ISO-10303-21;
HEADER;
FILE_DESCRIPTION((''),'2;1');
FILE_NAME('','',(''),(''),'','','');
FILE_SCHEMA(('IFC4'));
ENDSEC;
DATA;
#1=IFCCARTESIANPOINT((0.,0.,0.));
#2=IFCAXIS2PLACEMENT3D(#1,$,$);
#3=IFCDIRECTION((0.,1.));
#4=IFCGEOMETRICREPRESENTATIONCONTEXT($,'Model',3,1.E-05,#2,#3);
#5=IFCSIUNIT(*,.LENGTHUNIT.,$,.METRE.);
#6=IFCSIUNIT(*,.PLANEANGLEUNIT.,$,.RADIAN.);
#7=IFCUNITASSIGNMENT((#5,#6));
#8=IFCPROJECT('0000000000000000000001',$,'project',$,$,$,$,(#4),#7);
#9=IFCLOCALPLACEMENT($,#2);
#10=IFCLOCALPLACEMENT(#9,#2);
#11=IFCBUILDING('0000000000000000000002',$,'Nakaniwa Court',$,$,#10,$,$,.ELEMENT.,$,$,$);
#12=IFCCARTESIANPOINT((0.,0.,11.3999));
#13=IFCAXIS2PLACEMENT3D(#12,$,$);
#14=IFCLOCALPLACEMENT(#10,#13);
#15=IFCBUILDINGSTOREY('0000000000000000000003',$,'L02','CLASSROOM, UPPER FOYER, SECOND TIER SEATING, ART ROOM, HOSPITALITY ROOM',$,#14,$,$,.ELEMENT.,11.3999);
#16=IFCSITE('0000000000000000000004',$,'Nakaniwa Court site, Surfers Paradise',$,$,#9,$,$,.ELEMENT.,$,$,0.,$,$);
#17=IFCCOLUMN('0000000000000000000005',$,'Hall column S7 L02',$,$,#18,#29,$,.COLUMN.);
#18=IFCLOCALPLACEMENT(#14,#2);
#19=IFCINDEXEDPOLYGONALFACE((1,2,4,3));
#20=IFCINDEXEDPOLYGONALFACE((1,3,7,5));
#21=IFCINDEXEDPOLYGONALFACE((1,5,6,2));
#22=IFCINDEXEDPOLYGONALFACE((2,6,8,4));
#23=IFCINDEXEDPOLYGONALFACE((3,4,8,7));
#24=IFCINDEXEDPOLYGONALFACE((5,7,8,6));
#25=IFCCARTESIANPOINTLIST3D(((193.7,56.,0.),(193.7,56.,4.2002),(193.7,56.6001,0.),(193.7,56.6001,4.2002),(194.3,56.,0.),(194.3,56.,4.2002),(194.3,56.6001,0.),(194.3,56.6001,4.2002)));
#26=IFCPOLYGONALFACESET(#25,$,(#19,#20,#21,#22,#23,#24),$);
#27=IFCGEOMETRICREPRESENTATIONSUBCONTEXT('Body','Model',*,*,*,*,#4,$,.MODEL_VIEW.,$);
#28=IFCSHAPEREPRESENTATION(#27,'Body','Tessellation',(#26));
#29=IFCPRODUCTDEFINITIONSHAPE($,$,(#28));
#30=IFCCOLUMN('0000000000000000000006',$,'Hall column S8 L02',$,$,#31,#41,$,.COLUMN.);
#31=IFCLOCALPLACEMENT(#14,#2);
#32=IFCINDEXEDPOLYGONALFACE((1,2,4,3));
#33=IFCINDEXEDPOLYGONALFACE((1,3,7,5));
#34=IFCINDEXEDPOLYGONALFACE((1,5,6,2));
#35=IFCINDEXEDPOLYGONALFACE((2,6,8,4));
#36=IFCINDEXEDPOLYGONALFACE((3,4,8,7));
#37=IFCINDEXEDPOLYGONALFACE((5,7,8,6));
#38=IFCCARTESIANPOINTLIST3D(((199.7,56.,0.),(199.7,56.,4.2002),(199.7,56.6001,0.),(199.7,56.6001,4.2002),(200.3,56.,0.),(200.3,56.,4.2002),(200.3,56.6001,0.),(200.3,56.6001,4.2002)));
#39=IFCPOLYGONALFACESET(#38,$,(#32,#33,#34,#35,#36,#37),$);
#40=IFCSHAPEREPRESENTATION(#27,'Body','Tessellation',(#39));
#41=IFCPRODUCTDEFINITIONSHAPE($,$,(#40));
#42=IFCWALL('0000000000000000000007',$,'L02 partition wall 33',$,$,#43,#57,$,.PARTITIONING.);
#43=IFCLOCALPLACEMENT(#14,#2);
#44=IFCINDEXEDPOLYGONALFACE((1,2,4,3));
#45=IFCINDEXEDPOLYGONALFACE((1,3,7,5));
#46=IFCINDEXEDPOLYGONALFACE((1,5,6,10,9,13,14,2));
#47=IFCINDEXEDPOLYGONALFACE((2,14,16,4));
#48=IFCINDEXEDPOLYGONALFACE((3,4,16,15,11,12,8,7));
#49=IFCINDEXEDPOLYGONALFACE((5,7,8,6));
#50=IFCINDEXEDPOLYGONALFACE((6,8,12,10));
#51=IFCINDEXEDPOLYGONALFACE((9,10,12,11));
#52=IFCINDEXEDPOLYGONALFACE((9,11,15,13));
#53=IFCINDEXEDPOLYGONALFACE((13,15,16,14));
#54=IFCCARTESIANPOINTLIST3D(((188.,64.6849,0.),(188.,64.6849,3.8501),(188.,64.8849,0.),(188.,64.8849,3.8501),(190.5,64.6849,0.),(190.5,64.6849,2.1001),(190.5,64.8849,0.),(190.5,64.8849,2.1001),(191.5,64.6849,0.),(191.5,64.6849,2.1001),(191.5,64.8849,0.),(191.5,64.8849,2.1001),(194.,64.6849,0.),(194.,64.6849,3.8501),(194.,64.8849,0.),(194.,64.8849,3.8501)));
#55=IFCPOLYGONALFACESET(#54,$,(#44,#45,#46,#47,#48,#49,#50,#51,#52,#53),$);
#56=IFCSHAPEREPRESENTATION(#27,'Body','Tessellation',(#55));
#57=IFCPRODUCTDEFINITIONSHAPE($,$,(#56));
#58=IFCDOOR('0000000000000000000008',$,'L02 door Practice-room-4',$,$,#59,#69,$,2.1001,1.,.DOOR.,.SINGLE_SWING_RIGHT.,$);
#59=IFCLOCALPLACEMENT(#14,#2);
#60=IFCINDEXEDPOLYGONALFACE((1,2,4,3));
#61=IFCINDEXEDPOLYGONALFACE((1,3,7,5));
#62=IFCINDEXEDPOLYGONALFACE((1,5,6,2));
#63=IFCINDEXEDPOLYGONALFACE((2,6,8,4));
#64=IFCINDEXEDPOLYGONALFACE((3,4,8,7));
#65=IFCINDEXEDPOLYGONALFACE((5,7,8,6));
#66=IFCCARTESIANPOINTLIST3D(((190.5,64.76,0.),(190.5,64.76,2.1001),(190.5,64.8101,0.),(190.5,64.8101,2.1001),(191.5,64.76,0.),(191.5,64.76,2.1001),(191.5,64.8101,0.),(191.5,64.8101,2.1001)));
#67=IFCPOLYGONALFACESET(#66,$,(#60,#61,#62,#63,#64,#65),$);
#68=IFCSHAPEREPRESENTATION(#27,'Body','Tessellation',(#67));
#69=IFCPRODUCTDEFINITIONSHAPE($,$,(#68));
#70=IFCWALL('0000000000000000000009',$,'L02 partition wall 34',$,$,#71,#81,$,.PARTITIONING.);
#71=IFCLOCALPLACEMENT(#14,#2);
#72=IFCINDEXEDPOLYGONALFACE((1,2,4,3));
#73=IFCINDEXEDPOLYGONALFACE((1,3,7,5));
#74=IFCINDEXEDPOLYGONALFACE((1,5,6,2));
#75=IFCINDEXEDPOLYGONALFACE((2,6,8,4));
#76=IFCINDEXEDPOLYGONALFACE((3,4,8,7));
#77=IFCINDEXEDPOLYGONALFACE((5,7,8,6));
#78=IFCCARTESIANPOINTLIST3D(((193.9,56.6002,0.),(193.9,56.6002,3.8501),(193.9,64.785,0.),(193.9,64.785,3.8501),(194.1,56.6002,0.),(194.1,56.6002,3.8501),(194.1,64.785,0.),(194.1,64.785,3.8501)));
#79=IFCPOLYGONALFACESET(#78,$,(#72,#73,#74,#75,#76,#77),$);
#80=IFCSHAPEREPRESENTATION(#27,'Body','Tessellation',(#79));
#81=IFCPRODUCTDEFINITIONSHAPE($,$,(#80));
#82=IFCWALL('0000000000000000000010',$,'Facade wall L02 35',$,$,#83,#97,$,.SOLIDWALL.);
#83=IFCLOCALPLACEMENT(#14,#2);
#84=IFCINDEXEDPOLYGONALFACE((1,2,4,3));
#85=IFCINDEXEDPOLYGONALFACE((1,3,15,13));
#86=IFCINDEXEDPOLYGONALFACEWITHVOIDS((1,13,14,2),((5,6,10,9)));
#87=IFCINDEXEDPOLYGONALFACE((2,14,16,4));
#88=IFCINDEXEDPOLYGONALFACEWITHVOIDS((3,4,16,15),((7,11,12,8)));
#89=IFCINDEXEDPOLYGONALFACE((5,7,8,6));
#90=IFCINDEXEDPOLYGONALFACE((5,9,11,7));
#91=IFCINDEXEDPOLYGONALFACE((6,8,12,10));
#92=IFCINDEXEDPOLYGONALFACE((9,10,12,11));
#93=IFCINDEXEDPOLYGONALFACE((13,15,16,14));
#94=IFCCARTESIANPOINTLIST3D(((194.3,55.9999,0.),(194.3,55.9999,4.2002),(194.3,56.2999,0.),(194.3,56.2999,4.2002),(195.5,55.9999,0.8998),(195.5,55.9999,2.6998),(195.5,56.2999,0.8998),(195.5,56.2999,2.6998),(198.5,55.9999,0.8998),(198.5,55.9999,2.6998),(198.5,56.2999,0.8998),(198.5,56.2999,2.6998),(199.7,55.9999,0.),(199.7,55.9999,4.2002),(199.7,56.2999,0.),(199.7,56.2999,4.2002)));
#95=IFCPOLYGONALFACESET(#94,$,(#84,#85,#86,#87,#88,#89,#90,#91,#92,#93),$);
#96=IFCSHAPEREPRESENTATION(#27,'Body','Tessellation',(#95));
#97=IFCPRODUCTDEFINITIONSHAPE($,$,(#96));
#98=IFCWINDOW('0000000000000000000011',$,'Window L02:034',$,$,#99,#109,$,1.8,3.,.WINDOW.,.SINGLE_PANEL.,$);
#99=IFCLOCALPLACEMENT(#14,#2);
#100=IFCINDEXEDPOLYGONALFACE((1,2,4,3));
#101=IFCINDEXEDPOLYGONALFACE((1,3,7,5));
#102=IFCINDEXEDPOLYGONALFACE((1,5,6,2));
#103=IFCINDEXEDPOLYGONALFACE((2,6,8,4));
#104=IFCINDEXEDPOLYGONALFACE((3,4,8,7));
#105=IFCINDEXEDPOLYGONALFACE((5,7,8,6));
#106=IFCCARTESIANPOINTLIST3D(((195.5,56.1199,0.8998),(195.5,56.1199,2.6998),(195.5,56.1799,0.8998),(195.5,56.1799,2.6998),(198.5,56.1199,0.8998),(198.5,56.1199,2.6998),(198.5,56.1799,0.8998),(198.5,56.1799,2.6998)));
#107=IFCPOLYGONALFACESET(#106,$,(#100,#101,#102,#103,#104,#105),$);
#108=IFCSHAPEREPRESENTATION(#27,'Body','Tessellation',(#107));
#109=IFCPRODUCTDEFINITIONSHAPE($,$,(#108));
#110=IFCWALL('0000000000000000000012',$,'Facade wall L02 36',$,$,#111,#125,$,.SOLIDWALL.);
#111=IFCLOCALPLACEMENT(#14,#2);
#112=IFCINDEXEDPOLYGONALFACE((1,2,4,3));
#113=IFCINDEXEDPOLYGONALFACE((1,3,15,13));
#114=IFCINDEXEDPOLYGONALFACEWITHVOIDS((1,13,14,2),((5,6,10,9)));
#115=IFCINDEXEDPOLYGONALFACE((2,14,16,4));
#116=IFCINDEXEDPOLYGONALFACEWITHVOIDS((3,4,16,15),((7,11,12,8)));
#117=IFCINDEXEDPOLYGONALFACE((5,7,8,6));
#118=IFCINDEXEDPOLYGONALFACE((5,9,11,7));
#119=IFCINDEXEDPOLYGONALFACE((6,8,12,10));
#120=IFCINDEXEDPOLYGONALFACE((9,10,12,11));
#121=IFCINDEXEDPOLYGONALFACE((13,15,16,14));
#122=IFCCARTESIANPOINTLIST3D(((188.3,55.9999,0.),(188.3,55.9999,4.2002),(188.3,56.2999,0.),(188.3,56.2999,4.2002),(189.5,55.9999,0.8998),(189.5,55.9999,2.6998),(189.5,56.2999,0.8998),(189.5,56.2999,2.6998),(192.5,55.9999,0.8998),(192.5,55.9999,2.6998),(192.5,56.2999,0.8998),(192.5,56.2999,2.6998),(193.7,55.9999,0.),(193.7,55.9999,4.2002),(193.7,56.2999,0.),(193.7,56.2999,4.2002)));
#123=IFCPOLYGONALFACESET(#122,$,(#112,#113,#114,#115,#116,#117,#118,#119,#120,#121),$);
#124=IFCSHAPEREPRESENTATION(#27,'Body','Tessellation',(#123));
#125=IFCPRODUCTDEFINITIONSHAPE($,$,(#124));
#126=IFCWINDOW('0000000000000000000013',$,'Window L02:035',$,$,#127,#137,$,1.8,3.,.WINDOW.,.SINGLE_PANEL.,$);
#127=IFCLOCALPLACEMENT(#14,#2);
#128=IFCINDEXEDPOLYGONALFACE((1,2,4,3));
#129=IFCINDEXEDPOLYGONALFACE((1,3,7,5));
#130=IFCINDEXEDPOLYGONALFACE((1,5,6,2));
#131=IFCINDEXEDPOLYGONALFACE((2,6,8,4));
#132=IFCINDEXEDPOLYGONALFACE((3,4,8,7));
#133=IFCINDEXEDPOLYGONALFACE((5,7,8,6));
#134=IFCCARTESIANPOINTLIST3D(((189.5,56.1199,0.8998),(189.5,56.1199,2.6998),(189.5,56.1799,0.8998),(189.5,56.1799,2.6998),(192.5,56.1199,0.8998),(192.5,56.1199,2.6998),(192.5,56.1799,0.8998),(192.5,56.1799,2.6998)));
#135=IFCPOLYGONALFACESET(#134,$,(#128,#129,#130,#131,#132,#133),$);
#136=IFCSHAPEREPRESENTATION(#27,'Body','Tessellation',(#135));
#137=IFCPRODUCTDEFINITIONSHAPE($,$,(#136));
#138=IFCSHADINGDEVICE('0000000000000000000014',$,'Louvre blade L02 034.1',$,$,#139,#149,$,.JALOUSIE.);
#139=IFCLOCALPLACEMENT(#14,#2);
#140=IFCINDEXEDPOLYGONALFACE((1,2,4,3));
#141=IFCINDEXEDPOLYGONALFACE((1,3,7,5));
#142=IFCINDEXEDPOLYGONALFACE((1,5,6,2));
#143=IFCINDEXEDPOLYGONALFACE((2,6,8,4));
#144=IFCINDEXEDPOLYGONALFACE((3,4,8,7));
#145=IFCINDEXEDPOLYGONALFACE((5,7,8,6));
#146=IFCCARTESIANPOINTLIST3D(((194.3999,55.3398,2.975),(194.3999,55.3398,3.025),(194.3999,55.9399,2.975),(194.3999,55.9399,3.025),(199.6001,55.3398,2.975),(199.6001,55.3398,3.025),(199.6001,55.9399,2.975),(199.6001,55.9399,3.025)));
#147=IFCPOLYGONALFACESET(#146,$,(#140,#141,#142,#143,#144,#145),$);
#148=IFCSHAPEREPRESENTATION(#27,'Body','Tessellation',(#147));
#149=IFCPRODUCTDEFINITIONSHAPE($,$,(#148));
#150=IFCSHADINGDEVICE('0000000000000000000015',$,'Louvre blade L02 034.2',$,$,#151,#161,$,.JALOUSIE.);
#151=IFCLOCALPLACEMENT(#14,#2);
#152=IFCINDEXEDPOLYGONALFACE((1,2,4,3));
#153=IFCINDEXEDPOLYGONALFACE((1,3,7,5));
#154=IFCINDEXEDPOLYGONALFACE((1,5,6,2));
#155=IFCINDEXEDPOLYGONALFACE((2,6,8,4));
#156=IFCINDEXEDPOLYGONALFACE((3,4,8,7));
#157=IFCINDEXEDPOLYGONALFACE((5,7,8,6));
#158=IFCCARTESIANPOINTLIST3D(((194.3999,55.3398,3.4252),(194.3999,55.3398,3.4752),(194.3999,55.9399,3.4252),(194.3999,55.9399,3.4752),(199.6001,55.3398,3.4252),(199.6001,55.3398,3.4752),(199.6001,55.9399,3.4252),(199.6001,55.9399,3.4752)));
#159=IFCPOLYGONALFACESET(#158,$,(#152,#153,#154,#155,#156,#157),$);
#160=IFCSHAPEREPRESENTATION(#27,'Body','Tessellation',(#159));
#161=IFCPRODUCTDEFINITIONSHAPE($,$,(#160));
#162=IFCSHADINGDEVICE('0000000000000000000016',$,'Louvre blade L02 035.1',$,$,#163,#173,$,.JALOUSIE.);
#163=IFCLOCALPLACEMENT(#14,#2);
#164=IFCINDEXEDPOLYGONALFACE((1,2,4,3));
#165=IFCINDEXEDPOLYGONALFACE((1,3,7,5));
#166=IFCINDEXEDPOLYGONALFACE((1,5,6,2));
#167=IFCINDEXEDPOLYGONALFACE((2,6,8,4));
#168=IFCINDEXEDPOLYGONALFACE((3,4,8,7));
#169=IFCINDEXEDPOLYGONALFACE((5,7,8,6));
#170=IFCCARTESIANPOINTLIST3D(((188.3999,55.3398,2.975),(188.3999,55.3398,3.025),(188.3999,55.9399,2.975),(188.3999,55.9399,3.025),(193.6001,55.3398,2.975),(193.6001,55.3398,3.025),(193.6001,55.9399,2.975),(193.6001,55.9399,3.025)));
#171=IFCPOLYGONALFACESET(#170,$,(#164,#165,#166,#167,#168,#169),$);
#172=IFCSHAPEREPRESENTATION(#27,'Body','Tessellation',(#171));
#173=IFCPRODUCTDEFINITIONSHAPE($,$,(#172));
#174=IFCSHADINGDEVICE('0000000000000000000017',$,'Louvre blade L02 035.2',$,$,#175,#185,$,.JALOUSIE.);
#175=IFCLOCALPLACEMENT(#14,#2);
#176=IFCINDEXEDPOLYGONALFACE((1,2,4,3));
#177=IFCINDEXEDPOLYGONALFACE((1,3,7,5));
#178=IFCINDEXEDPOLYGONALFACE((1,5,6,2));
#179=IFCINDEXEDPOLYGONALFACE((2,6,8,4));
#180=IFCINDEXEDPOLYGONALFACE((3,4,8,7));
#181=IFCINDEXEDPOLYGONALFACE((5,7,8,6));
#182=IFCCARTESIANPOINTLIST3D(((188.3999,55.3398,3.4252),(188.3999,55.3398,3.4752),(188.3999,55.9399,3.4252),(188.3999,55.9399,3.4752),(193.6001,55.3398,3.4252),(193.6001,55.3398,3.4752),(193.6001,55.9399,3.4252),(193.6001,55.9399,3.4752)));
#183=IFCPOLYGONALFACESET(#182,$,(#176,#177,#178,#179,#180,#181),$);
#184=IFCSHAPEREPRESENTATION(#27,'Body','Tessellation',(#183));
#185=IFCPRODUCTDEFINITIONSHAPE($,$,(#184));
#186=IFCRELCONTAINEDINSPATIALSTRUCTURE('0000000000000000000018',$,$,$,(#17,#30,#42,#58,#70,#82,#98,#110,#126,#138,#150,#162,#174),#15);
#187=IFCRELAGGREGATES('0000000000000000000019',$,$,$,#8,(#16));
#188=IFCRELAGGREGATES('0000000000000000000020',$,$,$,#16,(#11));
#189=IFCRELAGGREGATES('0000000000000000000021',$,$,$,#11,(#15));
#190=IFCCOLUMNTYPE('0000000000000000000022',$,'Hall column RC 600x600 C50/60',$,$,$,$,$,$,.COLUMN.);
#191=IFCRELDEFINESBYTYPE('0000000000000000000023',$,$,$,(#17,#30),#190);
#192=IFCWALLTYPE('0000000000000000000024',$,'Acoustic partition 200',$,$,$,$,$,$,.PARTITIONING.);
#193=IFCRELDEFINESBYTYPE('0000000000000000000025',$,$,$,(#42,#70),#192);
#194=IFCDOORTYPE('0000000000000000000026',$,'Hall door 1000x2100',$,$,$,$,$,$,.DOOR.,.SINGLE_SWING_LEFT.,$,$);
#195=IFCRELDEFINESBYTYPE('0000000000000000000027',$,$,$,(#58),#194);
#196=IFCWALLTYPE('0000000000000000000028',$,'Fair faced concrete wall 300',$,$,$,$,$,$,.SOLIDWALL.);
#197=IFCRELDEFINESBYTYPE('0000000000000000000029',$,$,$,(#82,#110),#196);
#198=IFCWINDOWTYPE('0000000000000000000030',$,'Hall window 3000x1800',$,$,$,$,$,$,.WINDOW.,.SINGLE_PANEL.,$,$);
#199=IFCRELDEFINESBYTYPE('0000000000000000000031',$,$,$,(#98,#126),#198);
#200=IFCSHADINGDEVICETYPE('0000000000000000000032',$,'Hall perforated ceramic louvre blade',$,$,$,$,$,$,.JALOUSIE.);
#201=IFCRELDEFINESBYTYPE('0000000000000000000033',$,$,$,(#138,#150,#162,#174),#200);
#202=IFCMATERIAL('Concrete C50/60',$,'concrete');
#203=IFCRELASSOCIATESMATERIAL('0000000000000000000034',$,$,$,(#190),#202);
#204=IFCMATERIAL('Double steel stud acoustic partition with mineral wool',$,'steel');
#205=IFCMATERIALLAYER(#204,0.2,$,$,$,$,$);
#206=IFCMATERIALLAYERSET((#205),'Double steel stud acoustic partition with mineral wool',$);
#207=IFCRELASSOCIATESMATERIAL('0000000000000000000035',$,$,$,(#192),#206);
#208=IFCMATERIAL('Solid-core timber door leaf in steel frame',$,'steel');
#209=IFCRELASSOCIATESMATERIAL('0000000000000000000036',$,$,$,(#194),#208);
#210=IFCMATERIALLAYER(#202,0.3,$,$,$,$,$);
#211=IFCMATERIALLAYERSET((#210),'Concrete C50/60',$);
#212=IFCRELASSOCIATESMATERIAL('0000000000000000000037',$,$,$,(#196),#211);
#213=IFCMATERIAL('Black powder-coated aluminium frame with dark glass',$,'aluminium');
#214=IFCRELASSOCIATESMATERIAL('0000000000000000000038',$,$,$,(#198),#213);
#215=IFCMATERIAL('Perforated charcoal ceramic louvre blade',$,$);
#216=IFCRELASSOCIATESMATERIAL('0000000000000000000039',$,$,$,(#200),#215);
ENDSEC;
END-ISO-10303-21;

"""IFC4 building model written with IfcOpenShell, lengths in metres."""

from ifc_helpers import new_model, si_unit, direction, frame, frame_2d, origin, origin_2d, place, context, subcontext, project, spatial, rectangle, extrude, material, layer, layer_set, material_profile, profile_set, type_object, element, fill, save


model = new_model("IFC4")

# Units and contexts
model_context = context("Model", 3, precision=1e-05, world=origin(), true_north=direction((0.0, 1.0)))
body_context = subcontext(model_context, "Body", "Model", "MODEL_VIEW")
ifc_project = project(units=[si_unit("LENGTHUNIT", "METRE"), si_unit("PLANEANGLEUNIT", "RADIAN")], contexts=[model_context])

# Site, building, storey
site_placement = place(None, origin())
site = spatial("IfcSite", under=ifc_project, at=site_placement, Name="Nakaniwa Court site, Surfers Paradise", CompositionType="ELEMENT", RefElevation=0.0)
building_placement = place(site_placement, origin())
building = spatial("IfcBuilding", under=site, at=building_placement, Name="Nakaniwa Court", CompositionType="ELEMENT")
storey_placement = place(building_placement, frame((0.0, 0.0, 11.3999)))
storey = spatial("IfcBuildingStorey", under=building, at=storey_placement, Name="L02", Description="CLASSROOM, UPPER FOYER, SECOND TIER SEATING, ART ROOM, HOSPITALITY ROOM", CompositionType="ELEMENT", Elevation=11.3999)

# Columns
ifc_material_1 = material(Name="Concrete C50/60", Category="concrete")
ifc_material_profile_1 = material_profile(ifc_material_1, rectangle(XDim=0.6001, YDim=0.6001, at=origin_2d()), Name="RC 600x600")
ifc_profile_set_1 = profile_set([ifc_material_profile_1], Name="Concrete C50/60")
column_type = type_object("IfcColumnType", Name="Hall column RC 600x600 C50/60", PredefinedType="COLUMN", material=ifc_profile_set_1)
for number, where, z_axis, x_axis, name in (
    (1, (194.0, 56.3, 0.0), (0.0, 0.0, 1.0), (1.0, 0.0, 0.0), "Hall column S7 L02"),
    (2, (200.0, 56.3, 0.0), (0.0, 0.0, 1.0), (1.0, 0.0, 0.0), "Hall column S8 L02"),
):
    element("IfcColumn", number, at=place(storey_placement, frame(where, z_axis=z_axis, x_axis=x_axis)), inside=storey, type_object=column_type, Name=name, PredefinedType="COLUMN", context=body_context, shape_type="SweptSolid", body=[
        extrude(rectangle(XDim=0.6001, YDim=0.6001, at=origin_2d()), origin(), (0.0, 0.0, 1.0), 4.2002),
    ])

# Wall, opening, door
ifc_material_2 = material(Name="Double steel stud acoustic partition with mineral wool", Category="steel")
ifc_layer_1 = layer(ifc_material_2, 0.2)
ifc_layer_set_1 = layer_set([ifc_layer_1], Name="Double steel stud acoustic partition with mineral wool")
wall_type_1 = type_object("IfcWallType", Name="Acoustic partition 200", PredefinedType="PARTITIONING", material=ifc_layer_set_1)
wall_1_placement = place(storey_placement, frame((194.0, 64.7849, 0.0), z_axis=(0.0, 0.0, 1.0), x_axis=(-1.0, 0.0, 0.0)))
wall_1 = element("IfcWall", 3, at=wall_1_placement, inside=storey, type_object=wall_type_1, Name="L02 partition wall 33", PredefinedType="PARTITIONING", context=body_context, shape_type="SweptSolid", body=[
    extrude(rectangle(XDim=6.0, YDim=0.2, at=frame_2d((3.0, 0.0))), origin(), (0.0, 0.0, 1.0), 3.8501),
])
opening_1_placement = place(wall_1_placement, frame((2.5, 0.0, 0.0)))
opening_1 = element("IfcOpeningElement", 4, at=opening_1_placement, cuts=wall_1, PredefinedType="OPENING", context=body_context, shape_type="SweptSolid", body=[
    extrude(rectangle(XDim=1.0, YDim=2.1001, at=frame_2d((0.5, 1.05))), frame((0.0, 0.1099, 0.0), z_axis=(0.0, -1.0, 0.0), x_axis=(1.0, 0.0, 0.0)), (0.0, 0.0, 1.0), 0.22),
])
ifc_material_3 = material(Name="Solid-core timber door leaf in steel frame", Category="steel")
door_type = type_object("IfcDoorType", Name="Hall door 1000x2100", OperationType="SINGLE_SWING_LEFT", PredefinedType="DOOR", material=ifc_material_3)
door_placement = place(opening_1_placement, origin())
door = element("IfcDoor", 5, at=door_placement, inside=storey, type_object=door_type, Name="L02 door Practice-room-4", OperationType="SINGLE_SWING_RIGHT", OverallHeight=2.1001, OverallWidth=1.0, PredefinedType="DOOR", context=body_context, shape_type="SweptSolid", body=[
    extrude(rectangle(XDim=1.0, YDim=2.1001, at=frame_2d((0.5, 1.05))), frame((0.0, 0.0249, 0.0), z_axis=(0.0, -1.0, 0.0), x_axis=(1.0, 0.0, 0.0)), (0.0, 0.0, 1.0), 0.05),
])
fill(opening_1, door)

# Wall
wall_2_placement = place(storey_placement, frame((194.0, 64.7849, 0.0), z_axis=(0.0, 0.0, 1.0), x_axis=(0.0, -1.0, 0.0)))
element("IfcWall", 6, at=wall_2_placement, inside=storey, type_object=wall_type_1, Name="L02 partition wall 34", PredefinedType="PARTITIONING", context=body_context, shape_type="SweptSolid", body=[
    extrude(rectangle(XDim=8.1848, YDim=0.2, at=frame_2d((4.0923, 0.0))), origin(), (0.0, 0.0, 1.0), 3.8501),
])

# Walls, openings, windows
ifc_layer_2 = layer(ifc_material_1, 0.3)
ifc_layer_set_2 = layer_set([ifc_layer_2], Name="Concrete C50/60")
wall_type_2 = type_object("IfcWallType", Name="Fair faced concrete wall 300", PredefinedType="SOLIDWALL", material=ifc_layer_set_2)
wall_3_placement = place(storey_placement, frame((199.7, 56.1499, 0.0), z_axis=(0.0, 0.0, 1.0), x_axis=(-1.0, 0.0, 0.0)))
wall_3 = element("IfcWall", 7, at=wall_3_placement, inside=storey, type_object=wall_type_2, Name="Facade wall L02 35", PredefinedType="SOLIDWALL", context=body_context, shape_type="SweptSolid", body=[
    extrude(rectangle(XDim=5.3999, YDim=0.3, at=frame_2d((2.7, 0.0))), origin(), (0.0, 0.0, 1.0), 4.2002),
])
opening_2_placement = place(wall_3_placement, frame((1.2, 0.0, 0.8999)))
opening_2 = element("IfcOpeningElement", 8, at=opening_2_placement, cuts=wall_3, PredefinedType="OPENING", context=body_context, shape_type="SweptSolid", body=[
    extrude(rectangle(XDim=3.0, YDim=1.8, at=frame_2d((1.5, 0.8999))), frame((0.0, 0.1599, 0.0), z_axis=(0.0, -1.0, 0.0), x_axis=(1.0, 0.0, 0.0)), (0.0, 0.0, 1.0), 0.3201),
])
ifc_material_4 = material(Name="Black powder-coated aluminium frame with dark glass", Category="aluminium")
window_type = type_object("IfcWindowType", Name="Hall window 3000x1800", PartitioningType="SINGLE_PANEL", PredefinedType="WINDOW", material=ifc_material_4)
window_1_placement = place(opening_2_placement, origin())
window_1 = element("IfcWindow", 9, at=window_1_placement, inside=storey, type_object=window_type, Name="Window L02:034", OverallHeight=1.8, OverallWidth=3.0, PartitioningType="SINGLE_PANEL", PredefinedType="WINDOW", context=body_context, shape_type="SweptSolid", body=[
    extrude(rectangle(XDim=3.0, YDim=1.8, at=frame_2d((1.5, 0.8999))), frame((0.0, 0.03, 0.0), z_axis=(0.0, -1.0, 0.0), x_axis=(1.0, 0.0, 0.0)), (0.0, 0.0, 1.0), 0.0601),
])
fill(opening_2, window_1)
wall_4_placement = place(storey_placement, frame((193.7, 56.1499, 0.0), z_axis=(0.0, 0.0, 1.0), x_axis=(-1.0, 0.0, 0.0)))
wall_4 = element("IfcWall", 10, at=wall_4_placement, inside=storey, type_object=wall_type_2, Name="Facade wall L02 36", PredefinedType="SOLIDWALL", context=body_context, shape_type="SweptSolid", body=[
    extrude(rectangle(XDim=5.3999, YDim=0.3, at=frame_2d((2.7, 0.0))), origin(), (0.0, 0.0, 1.0), 4.2002),
])
opening_3_placement = place(wall_4_placement, frame((1.2, 0.0, 0.8999)))
opening_3 = element("IfcOpeningElement", 11, at=opening_3_placement, cuts=wall_4, PredefinedType="OPENING", context=body_context, shape_type="SweptSolid", body=[
    extrude(rectangle(XDim=3.0, YDim=1.8, at=frame_2d((1.5, 0.8999))), frame((0.0, 0.1599, 0.0), z_axis=(0.0, -1.0, 0.0), x_axis=(1.0, 0.0, 0.0)), (0.0, 0.0, 1.0), 0.3201),
])
window_2_placement = place(opening_3_placement, origin())
window_2 = element("IfcWindow", 12, at=window_2_placement, inside=storey, type_object=window_type, Name="Window L02:035", OverallHeight=1.8, OverallWidth=3.0, PartitioningType="SINGLE_PANEL", PredefinedType="WINDOW", context=body_context, shape_type="SweptSolid", body=[
    extrude(rectangle(XDim=3.0, YDim=1.8, at=frame_2d((1.5, 0.8999))), frame((0.0, 0.03, 0.0), z_axis=(0.0, -1.0, 0.0), x_axis=(1.0, 0.0, 0.0)), (0.0, 0.0, 1.0), 0.0601),
])
fill(opening_3, window_2)

# Shading devices
ifc_material_5 = material(Name="Perforated charcoal ceramic louvre blade")
ifc_material_profile_2 = material_profile(ifc_material_5, rectangle(XDim=0.6001, YDim=0.05, at=origin_2d()), Name="Hall perforated ceramic louvre blade")
ifc_profile_set_2 = profile_set([ifc_material_profile_2], Name="Perforated charcoal ceramic louvre blade")
shading_device_type = type_object("IfcShadingDeviceType", Name="Hall perforated ceramic louvre blade", PredefinedType="JALOUSIE", material=ifc_profile_set_2)
for number, where, z_axis, x_axis, name in (
    (13, (199.6001, 55.6399, 3.0), (-1.0, 0.0, 0.0), (0.0, -1.0, 0.0), "Louvre blade L02 034.1"),
    (14, (199.6001, 55.6399, 3.4502), (-1.0, 0.0, 0.0), (0.0, -1.0, 0.0), "Louvre blade L02 034.2"),
    (15, (193.6001, 55.6399, 3.0), (-1.0, 0.0, 0.0), (0.0, -1.0, 0.0), "Louvre blade L02 035.1"),
    (16, (193.6001, 55.6399, 3.4502), (-1.0, 0.0, 0.0), (0.0, -1.0, 0.0), "Louvre blade L02 035.2"),
):
    element("IfcShadingDevice", number, at=place(storey_placement, frame(where, z_axis=z_axis, x_axis=x_axis)), inside=storey, type_object=shading_device_type, Name=name, PredefinedType="JALOUSIE", context=body_context, shape_type="SweptSolid", body=[
        extrude(rectangle(XDim=0.6001, YDim=0.05, at=origin_2d()), origin(), (0.0, 0.0, 1.0), 5.2002),
    ])

save(model, "model.ifc")
